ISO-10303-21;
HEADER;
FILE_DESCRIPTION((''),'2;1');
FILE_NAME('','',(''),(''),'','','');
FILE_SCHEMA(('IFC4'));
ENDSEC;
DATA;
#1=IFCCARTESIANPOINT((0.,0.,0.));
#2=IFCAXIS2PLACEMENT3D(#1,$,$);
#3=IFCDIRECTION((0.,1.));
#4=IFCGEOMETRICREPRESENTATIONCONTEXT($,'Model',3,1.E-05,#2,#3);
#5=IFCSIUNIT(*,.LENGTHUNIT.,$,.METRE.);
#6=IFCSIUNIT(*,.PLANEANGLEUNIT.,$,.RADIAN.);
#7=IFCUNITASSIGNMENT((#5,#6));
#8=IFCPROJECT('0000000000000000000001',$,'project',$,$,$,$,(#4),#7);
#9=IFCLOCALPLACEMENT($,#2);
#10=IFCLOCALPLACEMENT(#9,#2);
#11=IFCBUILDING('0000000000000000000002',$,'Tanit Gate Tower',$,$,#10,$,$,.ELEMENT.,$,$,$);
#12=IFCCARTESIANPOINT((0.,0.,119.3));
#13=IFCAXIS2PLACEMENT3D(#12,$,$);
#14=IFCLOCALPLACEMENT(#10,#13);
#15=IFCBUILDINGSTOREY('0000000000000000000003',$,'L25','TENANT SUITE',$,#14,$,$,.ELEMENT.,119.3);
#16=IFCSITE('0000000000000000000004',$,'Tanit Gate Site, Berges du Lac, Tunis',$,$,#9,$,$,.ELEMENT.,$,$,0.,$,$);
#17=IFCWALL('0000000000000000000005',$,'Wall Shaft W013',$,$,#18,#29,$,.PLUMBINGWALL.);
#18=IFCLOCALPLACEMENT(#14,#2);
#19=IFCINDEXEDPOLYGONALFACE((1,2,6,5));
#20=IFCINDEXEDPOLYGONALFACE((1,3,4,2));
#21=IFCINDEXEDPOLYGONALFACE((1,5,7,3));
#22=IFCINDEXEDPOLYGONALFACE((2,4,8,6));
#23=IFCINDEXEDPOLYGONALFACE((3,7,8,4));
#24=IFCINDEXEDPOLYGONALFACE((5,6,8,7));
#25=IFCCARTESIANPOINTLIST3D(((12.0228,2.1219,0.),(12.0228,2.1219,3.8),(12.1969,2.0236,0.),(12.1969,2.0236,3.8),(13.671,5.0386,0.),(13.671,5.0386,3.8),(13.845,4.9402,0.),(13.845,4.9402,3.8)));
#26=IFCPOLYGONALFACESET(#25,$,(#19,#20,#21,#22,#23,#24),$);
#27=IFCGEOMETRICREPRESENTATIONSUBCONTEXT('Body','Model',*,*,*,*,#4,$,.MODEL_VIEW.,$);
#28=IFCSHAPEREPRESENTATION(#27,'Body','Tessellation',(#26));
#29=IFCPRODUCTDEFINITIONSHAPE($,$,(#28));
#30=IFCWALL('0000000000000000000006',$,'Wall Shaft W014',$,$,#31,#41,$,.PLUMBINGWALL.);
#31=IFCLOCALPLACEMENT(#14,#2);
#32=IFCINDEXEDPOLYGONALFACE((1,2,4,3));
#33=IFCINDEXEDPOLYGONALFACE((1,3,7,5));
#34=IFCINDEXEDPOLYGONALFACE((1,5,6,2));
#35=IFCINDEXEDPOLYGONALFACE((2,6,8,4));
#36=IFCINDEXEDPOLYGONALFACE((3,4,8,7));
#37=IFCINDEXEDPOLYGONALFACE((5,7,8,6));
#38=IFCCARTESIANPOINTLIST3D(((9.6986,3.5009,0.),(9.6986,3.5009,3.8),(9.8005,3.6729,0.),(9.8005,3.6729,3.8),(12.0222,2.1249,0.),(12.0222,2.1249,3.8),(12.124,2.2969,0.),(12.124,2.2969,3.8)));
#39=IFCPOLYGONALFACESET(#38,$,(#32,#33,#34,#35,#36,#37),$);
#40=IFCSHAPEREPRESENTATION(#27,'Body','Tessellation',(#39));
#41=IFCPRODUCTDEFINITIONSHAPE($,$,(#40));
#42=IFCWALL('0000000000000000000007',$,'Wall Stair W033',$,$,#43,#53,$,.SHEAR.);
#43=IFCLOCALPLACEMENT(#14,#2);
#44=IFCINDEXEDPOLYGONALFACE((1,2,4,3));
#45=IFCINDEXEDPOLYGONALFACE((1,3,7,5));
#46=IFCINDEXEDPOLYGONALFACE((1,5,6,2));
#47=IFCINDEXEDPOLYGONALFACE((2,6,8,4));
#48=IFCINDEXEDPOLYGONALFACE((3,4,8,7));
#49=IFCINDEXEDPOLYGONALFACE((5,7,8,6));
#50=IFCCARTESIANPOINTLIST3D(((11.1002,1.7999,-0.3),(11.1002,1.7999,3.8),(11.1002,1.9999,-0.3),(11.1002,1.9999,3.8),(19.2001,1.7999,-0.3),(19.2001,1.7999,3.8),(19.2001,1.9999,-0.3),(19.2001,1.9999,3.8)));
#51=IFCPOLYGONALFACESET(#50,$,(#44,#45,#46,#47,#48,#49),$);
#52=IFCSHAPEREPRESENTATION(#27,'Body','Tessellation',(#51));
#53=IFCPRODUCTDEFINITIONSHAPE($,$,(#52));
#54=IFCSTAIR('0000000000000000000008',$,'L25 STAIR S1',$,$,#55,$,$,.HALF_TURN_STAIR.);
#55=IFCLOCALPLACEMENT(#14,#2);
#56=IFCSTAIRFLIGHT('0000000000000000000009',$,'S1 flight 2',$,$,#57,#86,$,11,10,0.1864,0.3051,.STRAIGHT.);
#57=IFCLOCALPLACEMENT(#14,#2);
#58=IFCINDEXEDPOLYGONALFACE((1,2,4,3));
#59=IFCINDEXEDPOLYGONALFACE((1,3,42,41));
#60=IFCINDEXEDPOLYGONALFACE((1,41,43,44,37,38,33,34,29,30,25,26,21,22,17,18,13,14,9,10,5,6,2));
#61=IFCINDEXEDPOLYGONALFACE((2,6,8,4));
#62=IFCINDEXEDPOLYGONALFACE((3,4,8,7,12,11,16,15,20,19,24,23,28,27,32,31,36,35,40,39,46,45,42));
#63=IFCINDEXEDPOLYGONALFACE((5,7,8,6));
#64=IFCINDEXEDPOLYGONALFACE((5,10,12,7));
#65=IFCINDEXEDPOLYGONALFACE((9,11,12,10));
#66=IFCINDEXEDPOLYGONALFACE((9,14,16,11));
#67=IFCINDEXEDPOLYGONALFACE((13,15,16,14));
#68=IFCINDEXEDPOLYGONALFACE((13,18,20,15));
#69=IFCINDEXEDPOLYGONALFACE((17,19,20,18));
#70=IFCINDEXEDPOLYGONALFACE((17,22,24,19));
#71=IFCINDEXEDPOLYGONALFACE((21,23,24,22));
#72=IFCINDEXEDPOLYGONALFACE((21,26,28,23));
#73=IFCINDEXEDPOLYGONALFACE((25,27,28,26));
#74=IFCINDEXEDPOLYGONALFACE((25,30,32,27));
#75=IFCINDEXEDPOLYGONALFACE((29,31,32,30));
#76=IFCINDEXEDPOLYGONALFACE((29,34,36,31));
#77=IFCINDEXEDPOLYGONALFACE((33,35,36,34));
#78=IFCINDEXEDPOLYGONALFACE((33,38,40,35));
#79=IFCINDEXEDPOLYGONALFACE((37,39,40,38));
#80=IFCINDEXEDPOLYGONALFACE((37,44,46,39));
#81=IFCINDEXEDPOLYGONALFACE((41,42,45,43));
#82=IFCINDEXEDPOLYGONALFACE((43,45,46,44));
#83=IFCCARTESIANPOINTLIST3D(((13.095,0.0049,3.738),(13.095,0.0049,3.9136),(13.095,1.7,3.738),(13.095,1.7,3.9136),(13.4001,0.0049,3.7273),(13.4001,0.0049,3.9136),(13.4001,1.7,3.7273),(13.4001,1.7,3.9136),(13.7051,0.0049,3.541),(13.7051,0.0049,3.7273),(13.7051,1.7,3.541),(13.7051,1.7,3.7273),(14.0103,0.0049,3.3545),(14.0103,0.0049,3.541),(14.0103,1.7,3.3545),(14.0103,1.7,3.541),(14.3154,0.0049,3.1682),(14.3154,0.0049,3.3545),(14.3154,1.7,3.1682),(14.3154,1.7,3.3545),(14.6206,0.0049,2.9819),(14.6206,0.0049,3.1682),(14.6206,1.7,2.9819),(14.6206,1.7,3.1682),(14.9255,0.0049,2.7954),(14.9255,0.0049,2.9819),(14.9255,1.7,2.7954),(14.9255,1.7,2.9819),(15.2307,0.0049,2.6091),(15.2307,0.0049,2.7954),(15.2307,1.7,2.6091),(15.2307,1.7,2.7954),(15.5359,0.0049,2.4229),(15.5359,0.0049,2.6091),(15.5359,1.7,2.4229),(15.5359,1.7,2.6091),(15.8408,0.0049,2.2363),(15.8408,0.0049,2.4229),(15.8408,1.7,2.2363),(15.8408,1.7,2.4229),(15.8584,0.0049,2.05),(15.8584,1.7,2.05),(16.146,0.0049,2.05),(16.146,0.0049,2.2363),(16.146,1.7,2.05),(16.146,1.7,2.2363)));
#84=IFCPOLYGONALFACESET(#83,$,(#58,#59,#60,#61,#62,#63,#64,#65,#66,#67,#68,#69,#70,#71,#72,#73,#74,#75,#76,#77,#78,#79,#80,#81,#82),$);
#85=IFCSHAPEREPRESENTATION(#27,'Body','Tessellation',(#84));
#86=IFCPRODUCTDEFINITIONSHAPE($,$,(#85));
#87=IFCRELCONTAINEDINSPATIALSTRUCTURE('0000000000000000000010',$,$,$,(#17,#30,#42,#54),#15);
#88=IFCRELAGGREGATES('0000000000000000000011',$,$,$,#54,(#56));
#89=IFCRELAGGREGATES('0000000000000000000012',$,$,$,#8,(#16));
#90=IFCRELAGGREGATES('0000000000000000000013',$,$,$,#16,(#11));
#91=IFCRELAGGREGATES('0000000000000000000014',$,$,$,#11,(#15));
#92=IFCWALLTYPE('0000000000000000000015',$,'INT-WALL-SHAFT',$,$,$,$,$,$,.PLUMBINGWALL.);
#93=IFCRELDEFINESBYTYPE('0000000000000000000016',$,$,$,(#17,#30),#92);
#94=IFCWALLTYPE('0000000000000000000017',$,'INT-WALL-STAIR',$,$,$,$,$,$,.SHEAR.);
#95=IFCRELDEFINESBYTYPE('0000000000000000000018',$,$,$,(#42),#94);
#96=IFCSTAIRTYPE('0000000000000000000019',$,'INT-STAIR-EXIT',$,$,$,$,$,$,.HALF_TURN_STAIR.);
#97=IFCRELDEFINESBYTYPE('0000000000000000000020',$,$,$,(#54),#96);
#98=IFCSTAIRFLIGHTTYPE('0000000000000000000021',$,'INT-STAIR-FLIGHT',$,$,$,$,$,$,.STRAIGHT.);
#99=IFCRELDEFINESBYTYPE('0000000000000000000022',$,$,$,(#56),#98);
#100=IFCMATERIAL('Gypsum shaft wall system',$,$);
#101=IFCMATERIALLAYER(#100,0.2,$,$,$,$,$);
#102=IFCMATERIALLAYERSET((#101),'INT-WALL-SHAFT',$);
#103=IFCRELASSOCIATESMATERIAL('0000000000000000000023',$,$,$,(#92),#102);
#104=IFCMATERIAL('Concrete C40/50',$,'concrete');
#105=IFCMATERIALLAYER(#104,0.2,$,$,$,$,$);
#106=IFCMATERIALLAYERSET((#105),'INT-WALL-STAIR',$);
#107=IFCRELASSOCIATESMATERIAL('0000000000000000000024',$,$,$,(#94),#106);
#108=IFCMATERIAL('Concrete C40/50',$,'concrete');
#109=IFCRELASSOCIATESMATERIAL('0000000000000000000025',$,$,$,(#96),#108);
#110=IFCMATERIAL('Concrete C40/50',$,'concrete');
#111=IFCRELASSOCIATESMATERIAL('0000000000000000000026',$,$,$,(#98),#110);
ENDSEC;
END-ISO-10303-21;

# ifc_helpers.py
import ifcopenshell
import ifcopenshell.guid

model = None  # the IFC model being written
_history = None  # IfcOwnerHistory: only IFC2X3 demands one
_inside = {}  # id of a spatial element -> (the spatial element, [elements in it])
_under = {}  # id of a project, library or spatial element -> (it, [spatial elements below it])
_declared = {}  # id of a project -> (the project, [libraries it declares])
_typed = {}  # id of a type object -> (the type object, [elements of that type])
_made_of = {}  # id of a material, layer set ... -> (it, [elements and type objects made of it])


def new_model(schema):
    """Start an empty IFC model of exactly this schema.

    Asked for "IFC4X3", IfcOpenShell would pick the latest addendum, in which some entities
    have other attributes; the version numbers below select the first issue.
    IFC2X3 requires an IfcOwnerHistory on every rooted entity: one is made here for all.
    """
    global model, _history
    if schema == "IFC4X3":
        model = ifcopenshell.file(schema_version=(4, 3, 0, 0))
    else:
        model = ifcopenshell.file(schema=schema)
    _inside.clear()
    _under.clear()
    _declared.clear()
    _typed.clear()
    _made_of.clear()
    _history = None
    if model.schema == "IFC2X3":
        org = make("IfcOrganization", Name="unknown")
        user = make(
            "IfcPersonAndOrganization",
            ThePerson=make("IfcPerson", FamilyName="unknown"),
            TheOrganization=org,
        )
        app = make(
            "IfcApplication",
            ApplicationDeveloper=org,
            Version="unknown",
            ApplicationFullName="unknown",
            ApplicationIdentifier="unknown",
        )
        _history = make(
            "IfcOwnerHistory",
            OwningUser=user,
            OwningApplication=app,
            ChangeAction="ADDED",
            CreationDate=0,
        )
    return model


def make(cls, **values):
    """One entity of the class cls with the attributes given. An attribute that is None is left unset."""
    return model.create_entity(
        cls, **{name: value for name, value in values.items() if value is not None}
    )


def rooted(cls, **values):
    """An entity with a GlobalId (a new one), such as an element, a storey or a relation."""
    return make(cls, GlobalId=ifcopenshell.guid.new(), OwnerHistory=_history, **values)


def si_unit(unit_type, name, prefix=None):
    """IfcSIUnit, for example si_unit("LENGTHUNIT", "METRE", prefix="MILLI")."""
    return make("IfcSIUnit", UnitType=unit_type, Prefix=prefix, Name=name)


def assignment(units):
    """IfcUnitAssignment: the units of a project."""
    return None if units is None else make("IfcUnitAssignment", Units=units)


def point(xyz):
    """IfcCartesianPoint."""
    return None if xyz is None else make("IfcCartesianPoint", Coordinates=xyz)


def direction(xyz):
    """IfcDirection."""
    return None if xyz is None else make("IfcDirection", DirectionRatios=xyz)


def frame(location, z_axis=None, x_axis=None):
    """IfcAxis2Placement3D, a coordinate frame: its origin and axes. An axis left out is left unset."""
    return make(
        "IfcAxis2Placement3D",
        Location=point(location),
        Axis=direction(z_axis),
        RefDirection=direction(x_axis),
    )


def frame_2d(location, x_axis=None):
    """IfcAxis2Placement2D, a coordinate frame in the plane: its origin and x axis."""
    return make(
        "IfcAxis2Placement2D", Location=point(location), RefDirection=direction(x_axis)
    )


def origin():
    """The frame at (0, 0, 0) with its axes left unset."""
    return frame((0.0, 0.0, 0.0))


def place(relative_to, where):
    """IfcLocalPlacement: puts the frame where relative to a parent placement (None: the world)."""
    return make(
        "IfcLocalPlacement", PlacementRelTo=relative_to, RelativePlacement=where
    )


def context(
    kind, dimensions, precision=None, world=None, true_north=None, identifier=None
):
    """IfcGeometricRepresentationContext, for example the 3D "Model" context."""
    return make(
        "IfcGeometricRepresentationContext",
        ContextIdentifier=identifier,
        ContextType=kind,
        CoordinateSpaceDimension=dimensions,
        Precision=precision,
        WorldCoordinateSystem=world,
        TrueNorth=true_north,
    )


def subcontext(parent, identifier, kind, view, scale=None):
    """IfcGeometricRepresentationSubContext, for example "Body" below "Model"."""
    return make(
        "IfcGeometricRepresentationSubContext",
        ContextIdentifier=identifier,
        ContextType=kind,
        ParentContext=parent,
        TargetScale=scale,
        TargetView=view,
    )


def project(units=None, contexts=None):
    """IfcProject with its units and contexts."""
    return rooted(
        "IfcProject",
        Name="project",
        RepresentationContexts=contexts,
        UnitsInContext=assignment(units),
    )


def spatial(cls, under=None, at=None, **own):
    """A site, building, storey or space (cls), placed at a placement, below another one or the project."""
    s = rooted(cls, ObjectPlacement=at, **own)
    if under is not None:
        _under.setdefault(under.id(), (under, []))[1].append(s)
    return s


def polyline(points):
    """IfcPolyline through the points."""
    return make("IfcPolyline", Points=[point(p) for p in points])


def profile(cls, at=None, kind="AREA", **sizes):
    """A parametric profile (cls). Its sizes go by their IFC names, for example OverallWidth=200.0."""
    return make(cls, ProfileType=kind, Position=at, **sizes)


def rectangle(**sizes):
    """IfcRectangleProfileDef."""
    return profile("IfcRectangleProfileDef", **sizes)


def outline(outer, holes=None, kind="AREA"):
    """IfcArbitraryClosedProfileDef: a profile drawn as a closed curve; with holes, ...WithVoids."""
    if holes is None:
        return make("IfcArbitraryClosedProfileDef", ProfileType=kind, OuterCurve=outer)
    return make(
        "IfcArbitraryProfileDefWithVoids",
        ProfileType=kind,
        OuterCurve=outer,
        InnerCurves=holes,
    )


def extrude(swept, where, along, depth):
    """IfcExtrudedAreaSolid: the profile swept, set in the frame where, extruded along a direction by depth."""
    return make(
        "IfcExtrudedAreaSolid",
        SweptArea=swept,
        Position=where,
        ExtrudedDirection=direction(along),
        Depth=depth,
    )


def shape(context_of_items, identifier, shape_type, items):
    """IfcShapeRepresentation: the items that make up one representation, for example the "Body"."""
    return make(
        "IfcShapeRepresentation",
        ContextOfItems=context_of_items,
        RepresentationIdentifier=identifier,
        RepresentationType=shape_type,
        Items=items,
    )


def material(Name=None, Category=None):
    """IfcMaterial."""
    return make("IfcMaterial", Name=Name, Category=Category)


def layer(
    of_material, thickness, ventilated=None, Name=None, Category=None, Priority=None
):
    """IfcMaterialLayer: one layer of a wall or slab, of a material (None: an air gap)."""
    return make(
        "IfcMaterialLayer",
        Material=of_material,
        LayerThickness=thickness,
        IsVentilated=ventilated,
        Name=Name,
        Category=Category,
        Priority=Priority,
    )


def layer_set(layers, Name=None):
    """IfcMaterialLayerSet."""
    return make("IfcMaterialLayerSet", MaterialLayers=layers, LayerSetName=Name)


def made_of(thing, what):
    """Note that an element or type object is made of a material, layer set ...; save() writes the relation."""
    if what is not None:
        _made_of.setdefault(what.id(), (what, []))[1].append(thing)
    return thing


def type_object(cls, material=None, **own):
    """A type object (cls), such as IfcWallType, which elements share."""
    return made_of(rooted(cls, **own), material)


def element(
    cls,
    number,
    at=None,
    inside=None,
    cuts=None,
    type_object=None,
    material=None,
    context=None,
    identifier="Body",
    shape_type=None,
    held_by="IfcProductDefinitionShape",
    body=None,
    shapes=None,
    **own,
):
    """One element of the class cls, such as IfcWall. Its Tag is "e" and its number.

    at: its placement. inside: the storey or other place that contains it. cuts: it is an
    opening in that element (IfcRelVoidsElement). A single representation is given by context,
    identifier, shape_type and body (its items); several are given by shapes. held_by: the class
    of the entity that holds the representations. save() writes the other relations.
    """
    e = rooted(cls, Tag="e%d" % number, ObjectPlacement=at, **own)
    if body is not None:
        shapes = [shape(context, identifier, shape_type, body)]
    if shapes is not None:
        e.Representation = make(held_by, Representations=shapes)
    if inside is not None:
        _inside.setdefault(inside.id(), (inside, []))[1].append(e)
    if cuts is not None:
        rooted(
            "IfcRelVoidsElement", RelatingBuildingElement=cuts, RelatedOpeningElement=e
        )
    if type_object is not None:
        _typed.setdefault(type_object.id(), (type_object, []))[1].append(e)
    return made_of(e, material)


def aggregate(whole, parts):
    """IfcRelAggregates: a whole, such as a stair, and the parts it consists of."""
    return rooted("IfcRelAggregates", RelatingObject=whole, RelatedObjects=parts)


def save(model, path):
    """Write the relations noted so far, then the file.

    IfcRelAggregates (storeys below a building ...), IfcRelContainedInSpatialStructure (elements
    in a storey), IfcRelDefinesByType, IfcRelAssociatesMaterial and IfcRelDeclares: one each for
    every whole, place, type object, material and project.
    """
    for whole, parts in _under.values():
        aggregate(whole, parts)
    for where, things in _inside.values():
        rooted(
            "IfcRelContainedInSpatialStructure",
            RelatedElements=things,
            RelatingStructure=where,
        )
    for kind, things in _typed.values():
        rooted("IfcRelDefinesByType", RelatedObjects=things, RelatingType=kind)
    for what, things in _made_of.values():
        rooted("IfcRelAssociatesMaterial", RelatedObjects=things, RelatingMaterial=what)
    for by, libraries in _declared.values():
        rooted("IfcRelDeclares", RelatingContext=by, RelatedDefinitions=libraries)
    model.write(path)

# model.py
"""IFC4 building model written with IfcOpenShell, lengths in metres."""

from ifc_helpers import new_model, si_unit, direction, frame, frame_2d, origin, place, context, subcontext, project, spatial, polyline, rectangle, outline, extrude, material, layer, layer_set, type_object, element, aggregate, save


model = new_model("IFC4")

# Units and contexts
model_context = context("Model", 3, precision=1e-05, world=origin(), true_north=direction((0.0, 1.0)))
body_context = subcontext(model_context, "Body", "Model", "MODEL_VIEW")
ifc_project = project(units=[si_unit("LENGTHUNIT", "METRE"), si_unit("PLANEANGLEUNIT", "RADIAN")], contexts=[model_context])

# Site, building, storey
site_placement = place(None, origin())
site = spatial("IfcSite", under=ifc_project, at=site_placement, Name="Tanit Gate Site, Berges du Lac, Tunis", CompositionType="ELEMENT", RefElevation=0.0)
building_placement = place(site_placement, origin())
building = spatial("IfcBuilding", under=site, at=building_placement, Name="Tanit Gate Tower", CompositionType="ELEMENT")
storey_placement = place(building_placement, frame((0.0, 0.0, 119.3)))
storey = spatial("IfcBuildingStorey", under=building, at=storey_placement, Name="L25", Description="TENANT SUITE", CompositionType="ELEMENT", Elevation=119.3)

# Walls
ifc_material_1 = material(Name="Gypsum shaft wall system")
ifc_layer_1 = layer(ifc_material_1, 0.2)
ifc_layer_set_1 = layer_set([ifc_layer_1], Name="INT-WALL-SHAFT")
wall_type_1 = type_object("IfcWallType", Name="INT-WALL-SHAFT", PredefinedType="PLUMBINGWALL", material=ifc_layer_set_1)
wall_1_placement = place(storey_placement, frame((12.1099, 2.0728, 0.0), z_axis=(0.0, 0.0, 1.0), x_axis=(0.491966, 0.870614, 0.0)))
element("IfcWall", 1, at=wall_1_placement, inside=storey, type_object=wall_type_1, Name="Wall Shaft W013", PredefinedType="PLUMBINGWALL", context=body_context, shape_type="SweptSolid", body=[
    extrude(rectangle(XDim=3.3501, YDim=0.2, at=frame_2d((1.675, 0.0))), origin(), (0.0, 0.0, 1.0), 3.8),
])
wall_2_placement = place(storey_placement, frame((12.073, 2.2109, 0.0), z_axis=(0.0, 0.0, 1.0), x_axis=(-0.860438, 0.509555, 0.0)))
element("IfcWall", 2, at=wall_2_placement, inside=storey, type_object=wall_type_1, Name="Wall Shaft W014", PredefinedType="PLUMBINGWALL", context=body_context, shape_type="SweptSolid", body=[
    extrude(rectangle(XDim=2.7004, YDim=0.2, at=frame_2d((1.3501, 0.0))), origin(), (0.0, 0.0, 1.0), 3.8),
])
ifc_material_2 = material(Name="Concrete C40/50", Category="concrete")
ifc_layer_2 = layer(ifc_material_2, 0.2)
ifc_layer_set_2 = layer_set([ifc_layer_2], Name="INT-WALL-STAIR")
wall_type_2 = type_object("IfcWallType", Name="INT-WALL-STAIR", PredefinedType="SHEAR", material=ifc_layer_set_2)
wall_3_placement = place(storey_placement, frame((19.2, 1.8999, -0.3), z_axis=(0.0, 0.0, 1.0), x_axis=(-1.0, 0.0, 0.0)))
element("IfcWall", 3, at=wall_3_placement, inside=storey, type_object=wall_type_2, Name="Wall Stair W033", PredefinedType="SHEAR", context=body_context, shape_type="SweptSolid", body=[
    extrude(rectangle(XDim=8.0999, YDim=0.2, at=frame_2d((4.0498, 0.0))), origin(), (0.0, 0.0, 1.0), 4.1001),
])

# Stair, stair flight
ifc_material_3 = material(Name="Concrete C40/50", Category="concrete")
stair_type = type_object("IfcStairType", Name="INT-STAIR-EXIT", PredefinedType="HALF_TURN_STAIR", material=ifc_material_3)
stair_placement = place(storey_placement, origin())
stair = element("IfcStair", 4, at=stair_placement, inside=storey, type_object=stair_type, Name="L25 STAIR S1", PredefinedType="HALF_TURN_STAIR")
ifc_material_4 = material(Name="Concrete C40/50", Category="concrete")
stair_flight_type = type_object("IfcStairFlightType", Name="INT-STAIR-FLIGHT", PredefinedType="STRAIGHT", material=ifc_material_4)
stair_flight_placement = place(storey_placement, frame((16.146, 0.8525, 2.05), z_axis=(0.0, 0.0, 1.0), x_axis=(-1.0, 0.0, 0.0)))
stair_flight = element("IfcStairFlight", 5, at=stair_flight_placement, type_object=stair_flight_type, Name="S1 flight 2", NumberOfRisers=11, NumberOfTreads=10, PredefinedType="STRAIGHT", RiserHeight=0.1864, TreadLength=0.3051, context=body_context, shape_type="SweptSolid", body=[
    extrude(outline(polyline([(0.0, 0.0), (0.0, 0.1863), (0.3052, 0.1863), (0.3052, 0.3728), (0.6101, 0.3728), (0.6101, 0.5591), (0.9153, 0.5591), (0.9153, 0.7454), (1.2205, 0.7454), (1.2205, 0.9319), (1.5254, 0.9319), (1.5254, 1.1182), (1.8306, 1.1182), (1.8306, 1.3044), (2.1357, 1.3044), (2.1357, 1.491), (2.4409, 1.491), (2.4409, 1.6772), (2.7458, 1.6772), (2.7458, 1.8635), (3.051, 1.8635), (3.051, 2.05), (3.051, 1.688), (0.2876, 0.0), (0.0, 0.0)])), frame((0.0, 0.8477, 0.0), z_axis=(0.0, -1.0, 0.0), x_axis=(1.0, 0.0, 0.0)), (0.0, 0.0, 1.0), 1.6951),
])
aggregate(stair, [stair_flight])

save(model, "model.ifc")
